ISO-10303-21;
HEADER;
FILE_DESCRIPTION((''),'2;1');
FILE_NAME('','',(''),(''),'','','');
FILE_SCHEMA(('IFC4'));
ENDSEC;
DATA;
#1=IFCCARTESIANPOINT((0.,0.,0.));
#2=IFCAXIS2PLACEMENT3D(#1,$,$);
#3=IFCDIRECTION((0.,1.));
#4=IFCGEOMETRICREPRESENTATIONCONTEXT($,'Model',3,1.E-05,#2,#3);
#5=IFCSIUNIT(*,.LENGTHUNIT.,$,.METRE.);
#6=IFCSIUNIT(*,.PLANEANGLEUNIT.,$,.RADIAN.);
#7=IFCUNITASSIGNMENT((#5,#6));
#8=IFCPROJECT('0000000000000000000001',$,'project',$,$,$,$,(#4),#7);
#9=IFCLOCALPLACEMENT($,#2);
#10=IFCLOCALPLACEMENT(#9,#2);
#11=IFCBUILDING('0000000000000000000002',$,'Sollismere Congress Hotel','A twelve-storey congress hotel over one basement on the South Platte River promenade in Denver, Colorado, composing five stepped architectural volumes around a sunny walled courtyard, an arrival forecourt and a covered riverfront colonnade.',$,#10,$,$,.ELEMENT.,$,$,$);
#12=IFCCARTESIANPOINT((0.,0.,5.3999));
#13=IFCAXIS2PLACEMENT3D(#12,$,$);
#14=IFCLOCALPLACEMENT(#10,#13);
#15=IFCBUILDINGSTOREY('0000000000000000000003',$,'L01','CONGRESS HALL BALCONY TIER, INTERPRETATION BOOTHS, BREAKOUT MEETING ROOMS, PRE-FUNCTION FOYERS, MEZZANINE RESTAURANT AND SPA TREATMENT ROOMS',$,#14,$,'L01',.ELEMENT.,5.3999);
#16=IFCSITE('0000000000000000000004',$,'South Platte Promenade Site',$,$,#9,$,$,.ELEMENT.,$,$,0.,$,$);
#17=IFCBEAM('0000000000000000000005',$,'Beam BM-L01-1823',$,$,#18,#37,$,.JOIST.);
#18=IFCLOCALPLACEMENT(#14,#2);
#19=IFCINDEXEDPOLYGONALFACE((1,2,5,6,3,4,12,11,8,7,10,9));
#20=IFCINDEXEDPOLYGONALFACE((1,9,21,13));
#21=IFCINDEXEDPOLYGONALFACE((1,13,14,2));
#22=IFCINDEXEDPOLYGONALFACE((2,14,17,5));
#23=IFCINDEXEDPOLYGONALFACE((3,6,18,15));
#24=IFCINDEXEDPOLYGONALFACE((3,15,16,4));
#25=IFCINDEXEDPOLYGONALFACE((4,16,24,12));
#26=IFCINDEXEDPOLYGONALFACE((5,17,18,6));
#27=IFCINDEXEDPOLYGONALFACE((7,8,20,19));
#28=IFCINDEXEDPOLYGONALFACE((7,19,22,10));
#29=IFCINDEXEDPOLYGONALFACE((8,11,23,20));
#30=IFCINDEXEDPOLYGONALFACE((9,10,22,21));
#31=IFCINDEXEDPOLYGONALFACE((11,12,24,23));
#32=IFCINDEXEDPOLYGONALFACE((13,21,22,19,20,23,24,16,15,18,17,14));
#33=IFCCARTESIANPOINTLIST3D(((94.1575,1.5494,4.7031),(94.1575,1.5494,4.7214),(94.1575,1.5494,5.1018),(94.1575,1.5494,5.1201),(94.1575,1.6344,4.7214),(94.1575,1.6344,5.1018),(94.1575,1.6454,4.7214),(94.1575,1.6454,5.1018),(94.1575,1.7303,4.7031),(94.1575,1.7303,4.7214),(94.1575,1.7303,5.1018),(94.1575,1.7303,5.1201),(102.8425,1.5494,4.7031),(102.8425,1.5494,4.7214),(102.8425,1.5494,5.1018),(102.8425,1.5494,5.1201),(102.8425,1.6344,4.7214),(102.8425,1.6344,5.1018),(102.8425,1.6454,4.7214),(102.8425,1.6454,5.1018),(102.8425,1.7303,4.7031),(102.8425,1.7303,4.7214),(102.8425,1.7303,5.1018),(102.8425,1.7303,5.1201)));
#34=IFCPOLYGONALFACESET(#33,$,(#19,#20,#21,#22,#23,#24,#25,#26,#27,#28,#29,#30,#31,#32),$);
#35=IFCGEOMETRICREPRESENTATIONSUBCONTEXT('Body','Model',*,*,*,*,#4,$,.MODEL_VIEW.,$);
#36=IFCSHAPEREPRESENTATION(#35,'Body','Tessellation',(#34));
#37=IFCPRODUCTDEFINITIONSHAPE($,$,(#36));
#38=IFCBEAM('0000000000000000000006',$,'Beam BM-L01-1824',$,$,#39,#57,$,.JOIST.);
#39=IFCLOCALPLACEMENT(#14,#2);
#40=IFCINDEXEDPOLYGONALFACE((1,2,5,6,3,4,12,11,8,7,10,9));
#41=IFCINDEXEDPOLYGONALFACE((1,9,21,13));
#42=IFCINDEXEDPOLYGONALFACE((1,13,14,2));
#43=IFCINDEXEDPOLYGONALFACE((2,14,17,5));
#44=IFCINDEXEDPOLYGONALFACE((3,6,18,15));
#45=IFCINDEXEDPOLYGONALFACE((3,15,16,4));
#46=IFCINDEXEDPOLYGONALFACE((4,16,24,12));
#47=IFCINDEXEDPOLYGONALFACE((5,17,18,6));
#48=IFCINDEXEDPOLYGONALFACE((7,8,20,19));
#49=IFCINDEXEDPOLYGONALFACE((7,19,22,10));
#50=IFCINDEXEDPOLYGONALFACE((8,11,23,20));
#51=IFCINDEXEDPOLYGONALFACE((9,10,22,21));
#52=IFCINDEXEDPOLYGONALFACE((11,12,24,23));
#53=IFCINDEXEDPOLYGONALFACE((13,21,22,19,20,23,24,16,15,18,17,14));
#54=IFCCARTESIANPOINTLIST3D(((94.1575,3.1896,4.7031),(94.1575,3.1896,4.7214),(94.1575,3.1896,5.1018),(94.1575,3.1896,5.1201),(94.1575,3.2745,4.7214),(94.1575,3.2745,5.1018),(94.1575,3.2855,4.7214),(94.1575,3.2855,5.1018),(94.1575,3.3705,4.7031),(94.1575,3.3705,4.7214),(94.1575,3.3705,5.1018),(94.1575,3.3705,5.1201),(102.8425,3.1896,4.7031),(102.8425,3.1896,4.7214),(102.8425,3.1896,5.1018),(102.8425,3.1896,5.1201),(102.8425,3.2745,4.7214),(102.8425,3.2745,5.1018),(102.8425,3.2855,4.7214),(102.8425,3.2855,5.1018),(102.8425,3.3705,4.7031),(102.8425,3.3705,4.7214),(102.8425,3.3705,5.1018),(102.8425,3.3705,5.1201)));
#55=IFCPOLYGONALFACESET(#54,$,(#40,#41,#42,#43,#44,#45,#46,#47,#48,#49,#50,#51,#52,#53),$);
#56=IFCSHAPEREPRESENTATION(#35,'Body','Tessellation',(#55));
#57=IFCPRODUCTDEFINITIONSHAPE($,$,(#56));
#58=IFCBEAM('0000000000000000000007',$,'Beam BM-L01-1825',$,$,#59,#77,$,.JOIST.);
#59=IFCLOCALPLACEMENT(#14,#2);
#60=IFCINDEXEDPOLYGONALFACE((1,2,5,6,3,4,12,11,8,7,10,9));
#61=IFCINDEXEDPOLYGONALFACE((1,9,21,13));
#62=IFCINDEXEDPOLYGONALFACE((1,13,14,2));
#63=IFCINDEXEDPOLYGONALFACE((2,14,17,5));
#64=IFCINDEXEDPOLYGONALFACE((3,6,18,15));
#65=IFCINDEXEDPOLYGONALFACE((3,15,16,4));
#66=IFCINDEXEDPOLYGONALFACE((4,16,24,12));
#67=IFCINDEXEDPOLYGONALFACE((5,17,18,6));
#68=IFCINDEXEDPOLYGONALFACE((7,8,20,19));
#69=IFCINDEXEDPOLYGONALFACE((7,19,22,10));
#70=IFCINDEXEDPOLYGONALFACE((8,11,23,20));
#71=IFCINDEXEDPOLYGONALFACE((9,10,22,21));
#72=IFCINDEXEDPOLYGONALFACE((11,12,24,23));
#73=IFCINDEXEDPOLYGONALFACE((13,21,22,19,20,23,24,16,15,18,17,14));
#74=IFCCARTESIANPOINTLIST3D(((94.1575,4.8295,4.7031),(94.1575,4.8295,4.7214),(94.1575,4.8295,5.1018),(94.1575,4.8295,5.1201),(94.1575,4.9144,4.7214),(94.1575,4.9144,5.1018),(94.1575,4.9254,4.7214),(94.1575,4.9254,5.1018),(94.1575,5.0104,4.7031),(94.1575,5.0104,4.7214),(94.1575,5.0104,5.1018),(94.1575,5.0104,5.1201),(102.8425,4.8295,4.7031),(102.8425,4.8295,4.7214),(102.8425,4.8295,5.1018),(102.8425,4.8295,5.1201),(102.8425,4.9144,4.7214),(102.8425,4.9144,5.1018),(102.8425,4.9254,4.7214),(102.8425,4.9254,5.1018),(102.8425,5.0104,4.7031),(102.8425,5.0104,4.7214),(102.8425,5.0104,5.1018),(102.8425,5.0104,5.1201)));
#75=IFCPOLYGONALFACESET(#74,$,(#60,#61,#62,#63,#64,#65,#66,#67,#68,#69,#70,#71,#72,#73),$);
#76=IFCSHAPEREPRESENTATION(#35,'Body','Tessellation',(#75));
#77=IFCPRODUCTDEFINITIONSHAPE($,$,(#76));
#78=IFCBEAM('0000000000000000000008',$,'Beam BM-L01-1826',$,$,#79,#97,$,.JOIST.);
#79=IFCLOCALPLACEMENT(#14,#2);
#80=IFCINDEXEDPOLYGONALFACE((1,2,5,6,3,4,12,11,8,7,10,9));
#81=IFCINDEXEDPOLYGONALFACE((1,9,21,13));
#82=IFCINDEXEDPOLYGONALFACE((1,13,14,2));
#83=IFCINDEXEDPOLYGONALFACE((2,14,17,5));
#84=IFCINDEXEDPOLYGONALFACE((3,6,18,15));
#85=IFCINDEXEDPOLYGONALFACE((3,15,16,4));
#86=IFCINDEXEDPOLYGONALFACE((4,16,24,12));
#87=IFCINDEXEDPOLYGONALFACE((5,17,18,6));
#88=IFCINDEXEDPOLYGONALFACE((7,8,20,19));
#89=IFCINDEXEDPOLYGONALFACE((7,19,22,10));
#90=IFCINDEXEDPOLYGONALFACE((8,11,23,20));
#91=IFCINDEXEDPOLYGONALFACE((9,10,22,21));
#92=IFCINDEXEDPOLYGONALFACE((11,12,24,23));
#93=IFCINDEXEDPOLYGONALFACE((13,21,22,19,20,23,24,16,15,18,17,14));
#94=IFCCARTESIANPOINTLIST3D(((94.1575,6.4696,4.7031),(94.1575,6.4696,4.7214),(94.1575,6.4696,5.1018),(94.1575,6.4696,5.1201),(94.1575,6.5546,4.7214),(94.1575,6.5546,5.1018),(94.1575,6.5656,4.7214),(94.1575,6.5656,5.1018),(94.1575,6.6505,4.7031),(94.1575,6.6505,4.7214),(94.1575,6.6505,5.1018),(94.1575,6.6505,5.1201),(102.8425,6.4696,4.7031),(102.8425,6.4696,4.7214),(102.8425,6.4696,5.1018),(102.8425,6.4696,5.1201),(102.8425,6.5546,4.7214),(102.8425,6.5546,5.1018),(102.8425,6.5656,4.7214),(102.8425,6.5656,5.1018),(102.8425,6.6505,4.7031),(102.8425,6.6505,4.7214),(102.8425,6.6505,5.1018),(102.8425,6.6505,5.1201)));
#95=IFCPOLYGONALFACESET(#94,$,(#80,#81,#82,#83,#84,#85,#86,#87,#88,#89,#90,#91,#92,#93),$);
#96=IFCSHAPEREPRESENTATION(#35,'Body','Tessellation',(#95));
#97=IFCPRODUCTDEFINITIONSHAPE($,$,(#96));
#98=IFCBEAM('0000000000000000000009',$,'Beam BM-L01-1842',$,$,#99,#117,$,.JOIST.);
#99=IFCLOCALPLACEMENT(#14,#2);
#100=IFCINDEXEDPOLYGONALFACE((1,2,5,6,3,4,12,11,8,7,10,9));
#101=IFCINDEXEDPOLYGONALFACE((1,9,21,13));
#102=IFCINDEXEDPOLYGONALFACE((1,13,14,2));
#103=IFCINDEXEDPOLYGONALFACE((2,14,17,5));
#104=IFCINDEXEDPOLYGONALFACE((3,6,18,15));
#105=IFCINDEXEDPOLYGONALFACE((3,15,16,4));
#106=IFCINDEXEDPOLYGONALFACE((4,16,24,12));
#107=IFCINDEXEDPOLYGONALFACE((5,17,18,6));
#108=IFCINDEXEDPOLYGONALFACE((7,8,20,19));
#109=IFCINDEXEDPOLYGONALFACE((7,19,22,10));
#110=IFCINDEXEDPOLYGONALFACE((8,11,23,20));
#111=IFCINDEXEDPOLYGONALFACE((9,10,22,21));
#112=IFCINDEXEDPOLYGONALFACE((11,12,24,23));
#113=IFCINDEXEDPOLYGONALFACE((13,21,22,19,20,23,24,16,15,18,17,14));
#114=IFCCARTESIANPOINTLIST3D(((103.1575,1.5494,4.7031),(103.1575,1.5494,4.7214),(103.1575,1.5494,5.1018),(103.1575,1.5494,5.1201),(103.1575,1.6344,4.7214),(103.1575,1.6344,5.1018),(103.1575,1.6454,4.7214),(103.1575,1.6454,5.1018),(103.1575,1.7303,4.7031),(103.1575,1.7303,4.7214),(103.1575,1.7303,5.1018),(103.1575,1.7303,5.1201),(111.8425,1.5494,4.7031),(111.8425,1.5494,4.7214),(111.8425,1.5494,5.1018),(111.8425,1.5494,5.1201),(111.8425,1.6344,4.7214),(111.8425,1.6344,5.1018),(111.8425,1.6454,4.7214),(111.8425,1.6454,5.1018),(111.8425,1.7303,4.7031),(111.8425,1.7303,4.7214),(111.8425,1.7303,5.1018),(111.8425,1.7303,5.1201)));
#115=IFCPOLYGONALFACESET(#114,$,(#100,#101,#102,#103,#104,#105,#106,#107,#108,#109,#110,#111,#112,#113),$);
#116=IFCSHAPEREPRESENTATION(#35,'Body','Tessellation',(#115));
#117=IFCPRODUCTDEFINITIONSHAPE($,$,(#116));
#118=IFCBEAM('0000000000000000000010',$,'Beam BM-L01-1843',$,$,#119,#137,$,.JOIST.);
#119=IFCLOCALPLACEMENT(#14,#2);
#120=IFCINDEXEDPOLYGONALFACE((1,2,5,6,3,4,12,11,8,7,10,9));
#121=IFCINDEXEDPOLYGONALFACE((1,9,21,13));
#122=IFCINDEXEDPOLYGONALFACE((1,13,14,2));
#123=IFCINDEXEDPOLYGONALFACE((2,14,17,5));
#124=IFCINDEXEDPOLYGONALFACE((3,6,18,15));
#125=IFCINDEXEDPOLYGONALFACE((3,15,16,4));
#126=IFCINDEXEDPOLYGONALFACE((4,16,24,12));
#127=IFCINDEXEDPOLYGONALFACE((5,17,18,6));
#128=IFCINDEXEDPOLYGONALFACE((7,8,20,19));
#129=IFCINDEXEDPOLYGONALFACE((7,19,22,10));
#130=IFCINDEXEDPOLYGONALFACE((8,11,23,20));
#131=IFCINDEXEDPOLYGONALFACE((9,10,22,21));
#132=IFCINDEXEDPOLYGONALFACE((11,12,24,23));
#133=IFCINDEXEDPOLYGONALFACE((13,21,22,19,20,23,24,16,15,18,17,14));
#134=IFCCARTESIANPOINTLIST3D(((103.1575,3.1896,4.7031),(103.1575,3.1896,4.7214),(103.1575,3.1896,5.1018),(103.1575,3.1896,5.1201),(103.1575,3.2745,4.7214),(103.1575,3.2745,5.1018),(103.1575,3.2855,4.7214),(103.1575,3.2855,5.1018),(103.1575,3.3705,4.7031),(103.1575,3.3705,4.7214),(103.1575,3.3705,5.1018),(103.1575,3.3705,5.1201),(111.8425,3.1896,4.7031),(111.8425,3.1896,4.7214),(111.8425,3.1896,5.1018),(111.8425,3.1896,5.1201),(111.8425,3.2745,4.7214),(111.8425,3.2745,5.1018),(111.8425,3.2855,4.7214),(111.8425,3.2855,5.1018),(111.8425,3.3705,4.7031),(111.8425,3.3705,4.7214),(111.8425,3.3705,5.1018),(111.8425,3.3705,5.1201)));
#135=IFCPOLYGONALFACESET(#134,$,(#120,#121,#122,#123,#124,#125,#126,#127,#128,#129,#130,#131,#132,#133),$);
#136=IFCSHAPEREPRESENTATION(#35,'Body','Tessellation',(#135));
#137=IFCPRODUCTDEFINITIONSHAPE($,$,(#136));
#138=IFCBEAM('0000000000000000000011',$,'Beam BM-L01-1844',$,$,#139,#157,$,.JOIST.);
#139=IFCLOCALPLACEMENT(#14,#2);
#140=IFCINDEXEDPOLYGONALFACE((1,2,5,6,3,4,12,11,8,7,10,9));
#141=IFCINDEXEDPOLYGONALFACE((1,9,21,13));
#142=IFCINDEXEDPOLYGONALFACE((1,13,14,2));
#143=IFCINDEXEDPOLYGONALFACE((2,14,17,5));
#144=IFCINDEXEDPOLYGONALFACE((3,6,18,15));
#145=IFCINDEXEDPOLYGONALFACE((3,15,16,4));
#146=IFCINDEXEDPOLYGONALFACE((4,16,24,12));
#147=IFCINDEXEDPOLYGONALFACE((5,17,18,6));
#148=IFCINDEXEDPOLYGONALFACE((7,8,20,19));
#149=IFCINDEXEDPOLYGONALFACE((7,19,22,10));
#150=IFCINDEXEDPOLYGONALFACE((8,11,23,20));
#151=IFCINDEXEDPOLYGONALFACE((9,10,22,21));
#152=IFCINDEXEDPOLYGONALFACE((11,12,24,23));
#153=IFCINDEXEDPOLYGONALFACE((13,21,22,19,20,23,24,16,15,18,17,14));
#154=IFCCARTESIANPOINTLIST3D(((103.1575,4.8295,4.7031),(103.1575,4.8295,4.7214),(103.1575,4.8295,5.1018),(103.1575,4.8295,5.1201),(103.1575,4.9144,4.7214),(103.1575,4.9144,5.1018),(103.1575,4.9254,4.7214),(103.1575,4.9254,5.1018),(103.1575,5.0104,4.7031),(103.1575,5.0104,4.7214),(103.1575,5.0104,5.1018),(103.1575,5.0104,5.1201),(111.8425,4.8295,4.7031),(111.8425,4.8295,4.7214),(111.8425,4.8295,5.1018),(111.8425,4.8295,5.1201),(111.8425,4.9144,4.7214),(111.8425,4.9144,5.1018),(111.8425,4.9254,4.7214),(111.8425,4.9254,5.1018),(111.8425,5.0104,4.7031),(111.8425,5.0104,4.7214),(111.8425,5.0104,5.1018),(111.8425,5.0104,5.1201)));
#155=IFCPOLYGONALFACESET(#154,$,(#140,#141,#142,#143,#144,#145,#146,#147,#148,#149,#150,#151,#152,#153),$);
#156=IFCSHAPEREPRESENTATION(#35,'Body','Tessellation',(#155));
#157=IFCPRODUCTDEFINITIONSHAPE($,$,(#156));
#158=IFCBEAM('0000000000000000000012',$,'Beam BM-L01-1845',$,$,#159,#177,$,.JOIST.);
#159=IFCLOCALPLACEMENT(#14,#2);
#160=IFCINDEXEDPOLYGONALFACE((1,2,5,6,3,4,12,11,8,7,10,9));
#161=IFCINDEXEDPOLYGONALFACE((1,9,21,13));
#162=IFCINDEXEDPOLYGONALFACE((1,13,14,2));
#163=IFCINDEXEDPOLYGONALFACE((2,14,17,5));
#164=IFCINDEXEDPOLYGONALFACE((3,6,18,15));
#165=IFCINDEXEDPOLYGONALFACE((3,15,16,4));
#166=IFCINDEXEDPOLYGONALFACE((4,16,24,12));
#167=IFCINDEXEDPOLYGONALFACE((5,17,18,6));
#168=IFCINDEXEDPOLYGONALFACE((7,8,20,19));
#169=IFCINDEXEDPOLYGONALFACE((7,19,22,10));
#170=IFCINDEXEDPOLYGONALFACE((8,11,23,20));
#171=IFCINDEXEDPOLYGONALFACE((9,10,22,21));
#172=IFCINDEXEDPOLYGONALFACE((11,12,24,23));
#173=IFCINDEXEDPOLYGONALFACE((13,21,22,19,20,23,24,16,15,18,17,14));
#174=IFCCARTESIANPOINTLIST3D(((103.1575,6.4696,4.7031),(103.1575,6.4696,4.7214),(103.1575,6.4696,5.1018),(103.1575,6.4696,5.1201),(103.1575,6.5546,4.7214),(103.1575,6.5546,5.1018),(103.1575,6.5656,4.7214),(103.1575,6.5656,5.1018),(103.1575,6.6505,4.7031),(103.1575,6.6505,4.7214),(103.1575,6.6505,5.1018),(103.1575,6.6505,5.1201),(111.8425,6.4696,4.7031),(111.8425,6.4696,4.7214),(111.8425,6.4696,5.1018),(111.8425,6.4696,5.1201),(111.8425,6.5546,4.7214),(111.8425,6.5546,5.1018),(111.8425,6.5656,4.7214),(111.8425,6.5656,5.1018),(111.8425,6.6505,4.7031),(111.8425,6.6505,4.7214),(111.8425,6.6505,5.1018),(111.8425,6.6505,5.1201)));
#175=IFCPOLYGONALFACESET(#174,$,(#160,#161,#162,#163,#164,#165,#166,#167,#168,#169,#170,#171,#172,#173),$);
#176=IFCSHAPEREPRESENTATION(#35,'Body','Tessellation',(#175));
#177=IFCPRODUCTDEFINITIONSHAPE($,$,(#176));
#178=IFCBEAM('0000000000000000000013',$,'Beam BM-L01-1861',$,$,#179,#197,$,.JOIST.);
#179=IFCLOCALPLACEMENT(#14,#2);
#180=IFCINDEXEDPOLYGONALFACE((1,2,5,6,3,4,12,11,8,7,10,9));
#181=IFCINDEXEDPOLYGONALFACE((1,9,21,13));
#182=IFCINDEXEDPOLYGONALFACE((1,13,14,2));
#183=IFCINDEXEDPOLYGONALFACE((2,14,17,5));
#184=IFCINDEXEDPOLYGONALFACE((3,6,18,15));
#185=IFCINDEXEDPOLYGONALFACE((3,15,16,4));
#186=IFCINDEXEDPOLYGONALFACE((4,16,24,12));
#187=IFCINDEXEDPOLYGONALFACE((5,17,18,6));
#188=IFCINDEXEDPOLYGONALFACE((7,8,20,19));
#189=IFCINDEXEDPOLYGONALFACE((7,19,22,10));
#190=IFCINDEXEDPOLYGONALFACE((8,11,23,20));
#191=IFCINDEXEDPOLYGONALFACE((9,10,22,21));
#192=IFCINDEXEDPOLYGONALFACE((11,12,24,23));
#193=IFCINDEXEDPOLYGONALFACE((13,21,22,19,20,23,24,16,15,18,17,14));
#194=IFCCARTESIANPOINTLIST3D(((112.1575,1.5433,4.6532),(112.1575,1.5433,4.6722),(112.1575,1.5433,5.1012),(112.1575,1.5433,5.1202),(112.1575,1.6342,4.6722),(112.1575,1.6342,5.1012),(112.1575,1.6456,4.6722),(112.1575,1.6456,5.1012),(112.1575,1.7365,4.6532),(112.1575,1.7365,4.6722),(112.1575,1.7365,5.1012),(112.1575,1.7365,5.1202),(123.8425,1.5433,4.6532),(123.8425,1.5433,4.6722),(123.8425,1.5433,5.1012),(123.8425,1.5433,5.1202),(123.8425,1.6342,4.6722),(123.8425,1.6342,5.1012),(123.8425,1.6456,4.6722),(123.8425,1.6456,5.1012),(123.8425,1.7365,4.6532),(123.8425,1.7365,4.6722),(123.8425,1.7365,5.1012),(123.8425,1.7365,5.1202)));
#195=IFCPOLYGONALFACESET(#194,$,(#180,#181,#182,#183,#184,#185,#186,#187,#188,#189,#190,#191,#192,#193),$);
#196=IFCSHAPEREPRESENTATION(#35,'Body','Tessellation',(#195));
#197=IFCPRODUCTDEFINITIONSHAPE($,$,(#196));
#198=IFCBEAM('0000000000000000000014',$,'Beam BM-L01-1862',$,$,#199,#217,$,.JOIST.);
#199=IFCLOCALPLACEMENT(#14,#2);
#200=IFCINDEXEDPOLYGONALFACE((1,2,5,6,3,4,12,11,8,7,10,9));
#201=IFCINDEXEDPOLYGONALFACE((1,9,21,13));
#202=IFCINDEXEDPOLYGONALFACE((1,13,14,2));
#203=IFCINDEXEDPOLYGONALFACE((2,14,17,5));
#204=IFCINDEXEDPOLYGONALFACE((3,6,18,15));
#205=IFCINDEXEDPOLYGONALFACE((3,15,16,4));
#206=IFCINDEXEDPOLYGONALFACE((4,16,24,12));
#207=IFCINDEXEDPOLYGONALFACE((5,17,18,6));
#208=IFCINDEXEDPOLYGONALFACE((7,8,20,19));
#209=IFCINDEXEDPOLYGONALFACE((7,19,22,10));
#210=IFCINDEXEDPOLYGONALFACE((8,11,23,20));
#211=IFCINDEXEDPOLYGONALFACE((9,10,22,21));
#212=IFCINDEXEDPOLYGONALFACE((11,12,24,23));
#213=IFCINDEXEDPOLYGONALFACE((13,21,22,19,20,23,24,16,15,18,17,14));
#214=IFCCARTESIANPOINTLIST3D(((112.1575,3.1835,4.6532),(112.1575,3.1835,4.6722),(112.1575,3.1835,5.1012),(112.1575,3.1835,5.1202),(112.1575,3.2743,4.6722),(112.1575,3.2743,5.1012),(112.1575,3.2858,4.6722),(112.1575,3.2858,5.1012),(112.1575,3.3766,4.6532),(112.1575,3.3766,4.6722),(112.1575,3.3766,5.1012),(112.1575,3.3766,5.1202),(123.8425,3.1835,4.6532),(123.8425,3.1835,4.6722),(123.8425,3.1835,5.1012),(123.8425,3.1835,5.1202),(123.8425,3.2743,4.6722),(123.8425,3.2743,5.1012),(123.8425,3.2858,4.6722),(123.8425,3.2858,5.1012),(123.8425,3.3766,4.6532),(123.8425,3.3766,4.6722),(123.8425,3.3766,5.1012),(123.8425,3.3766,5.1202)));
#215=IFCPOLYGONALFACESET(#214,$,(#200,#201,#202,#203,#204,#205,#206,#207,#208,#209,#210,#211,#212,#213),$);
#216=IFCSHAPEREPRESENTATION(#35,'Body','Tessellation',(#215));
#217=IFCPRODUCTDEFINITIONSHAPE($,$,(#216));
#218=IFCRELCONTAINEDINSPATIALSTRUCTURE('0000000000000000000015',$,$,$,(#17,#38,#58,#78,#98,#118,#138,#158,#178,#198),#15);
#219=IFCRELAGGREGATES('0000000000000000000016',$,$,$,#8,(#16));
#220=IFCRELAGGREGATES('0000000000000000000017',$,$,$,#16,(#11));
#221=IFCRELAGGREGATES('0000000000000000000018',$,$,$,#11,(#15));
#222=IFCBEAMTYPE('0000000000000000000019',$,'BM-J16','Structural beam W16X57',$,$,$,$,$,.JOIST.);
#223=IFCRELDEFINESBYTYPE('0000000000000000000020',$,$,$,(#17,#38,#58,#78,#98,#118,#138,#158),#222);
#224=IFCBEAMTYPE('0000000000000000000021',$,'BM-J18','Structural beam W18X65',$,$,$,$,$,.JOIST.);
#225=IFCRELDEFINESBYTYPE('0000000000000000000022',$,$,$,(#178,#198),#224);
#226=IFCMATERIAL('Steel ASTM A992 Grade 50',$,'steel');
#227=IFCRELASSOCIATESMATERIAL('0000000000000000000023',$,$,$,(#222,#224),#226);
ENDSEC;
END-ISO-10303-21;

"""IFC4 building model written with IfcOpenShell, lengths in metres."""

from ifc_helpers import new_model, si_unit, direction, frame, origin, origin_2d, place, context, subcontext, project, spatial, i_section, extrude, material, material_profile, profile_set, type_object, element, save


model = new_model("IFC4")

# Units and contexts
model_context = context("Model", 3, precision=1e-05, world=origin(), true_north=direction((0.0, 1.0)))
body_context = subcontext(model_context, "Body", "Model", "MODEL_VIEW")
ifc_project = project(units=[si_unit("LENGTHUNIT", "METRE"), si_unit("PLANEANGLEUNIT", "RADIAN")], contexts=[model_context])

# Site, building, storey
site_placement = place(None, origin())
site = spatial("IfcSite", under=ifc_project, at=site_placement, Name="South Platte Promenade Site", CompositionType="ELEMENT", RefElevation=0.0)
building_placement = place(site_placement, origin())
building = spatial("IfcBuilding", under=site, at=building_placement, Name="Sollismere Congress Hotel", Description="A twelve-storey congress hotel over one basement on the South Platte River promenade in Denver, Colorado, composing five stepped architectural volumes around a sunny walled courtyard, an arrival forecourt and a covered riverfront colonnade.", CompositionType="ELEMENT")
storey_placement = place(building_placement, frame((0.0, 0.0, 5.3999)))
storey = spatial("IfcBuildingStorey", under=building, at=storey_placement, Name="L01", Description="CONGRESS HALL BALCONY TIER, INTERPRETATION BOOTHS, BREAKOUT MEETING ROOMS, PRE-FUNCTION FOYERS, MEZZANINE RESTAURANT AND SPA TREATMENT ROOMS", LongName="L01", CompositionType="ELEMENT", Elevation=5.3999)

# Shared definitions
ifc_material_1 = material(Name="Steel ASTM A992 Grade 50", Category="steel")

# Beams
ifc_material_profile_1 = material_profile(ifc_material_1, i_section(OverallWidth=0.1809, OverallDepth=0.417, WebThickness=0.011, FlangeThickness=0.0183, at=origin_2d()), Name="W16X57")
ifc_profile_set_1 = profile_set([ifc_material_profile_1], Name="Steel ASTM A992 Grade 50")
beam_type_1 = type_object("IfcBeamType", Name="BM-J16", Description="Structural beam W16X57", PredefinedType="JOIST", material=ifc_profile_set_1)
for number, where, z_axis, x_axis, name in (
    (1, (94.1575, 1.6399, 4.9116), (1.0, 0.0, 0.0), (0.0, 1.0, 0.0), "Beam BM-L01-1823"),
    (2, (94.1575, 3.28, 4.9116), (1.0, 0.0, 0.0), (0.0, 1.0, 0.0), "Beam BM-L01-1824"),
    (3, (94.1575, 4.9199, 4.9116), (1.0, 0.0, 0.0), (0.0, 1.0, 0.0), "Beam BM-L01-1825"),
    (4, (94.1575, 6.5601, 4.9116), (1.0, 0.0, 0.0), (0.0, 1.0, 0.0), "Beam BM-L01-1826"),
    (5, (103.1575, 1.6399, 4.9116), (1.0, 0.0, 0.0), (0.0, 1.0, 0.0), "Beam BM-L01-1842"),
    (6, (103.1575, 3.28, 4.9116), (1.0, 0.0, 0.0), (0.0, 1.0, 0.0), "Beam BM-L01-1843"),
    (7, (103.1575, 4.9199, 4.9116), (1.0, 0.0, 0.0), (0.0, 1.0, 0.0), "Beam BM-L01-1844"),
    (8, (103.1575, 6.5601, 4.9116), (1.0, 0.0, 0.0), (0.0, 1.0, 0.0), "Beam BM-L01-1845"),
):
    element("IfcBeam", number, at=place(storey_placement, frame(where, z_axis=z_axis, x_axis=x_axis)), inside=storey, type_object=beam_type_1, Name=name, PredefinedType="JOIST", context=body_context, shape_type="SweptSolid", body=[
        extrude(i_section(OverallWidth=0.1809, OverallDepth=0.417, WebThickness=0.011, FlangeThickness=0.0183, at=origin_2d()), origin(), (0.0, 0.0, 1.0), 8.6851),
    ])
ifc_material_profile_2 = material_profile(ifc_material_1, i_section(OverallWidth=0.1931, OverallDepth=0.467, WebThickness=0.0115, FlangeThickness=0.019, at=origin_2d()), Name="W18X65")
ifc_profile_set_2 = profile_set([ifc_material_profile_2], Name="Steel ASTM A992 Grade 50")
beam_type_2 = type_object("IfcBeamType", Name="BM-J18", Description="Structural beam W18X65", PredefinedType="JOIST", material=ifc_profile_set_2)
for number, where, z_axis, x_axis, name in (
    (9, (112.1575, 1.6399, 4.8867), (1.0, 0.0, 0.0), (0.0, 1.0, 0.0), "Beam BM-L01-1861"),
    (10, (112.1575, 3.28, 4.8867), (1.0, 0.0, 0.0), (0.0, 1.0, 0.0), "Beam BM-L01-1862"),
):
    element("IfcBeam", number, at=place(storey_placement, frame(where, z_axis=z_axis, x_axis=x_axis)), inside=storey, type_object=beam_type_2, Name=name, PredefinedType="JOIST", context=body_context, shape_type="SweptSolid", body=[
        extrude(i_section(OverallWidth=0.1931, OverallDepth=0.467, WebThickness=0.0115, FlangeThickness=0.019, at=origin_2d()), origin(), (0.0, 0.0, 1.0), 11.6851),
    ])

save(model, "model.ifc")
